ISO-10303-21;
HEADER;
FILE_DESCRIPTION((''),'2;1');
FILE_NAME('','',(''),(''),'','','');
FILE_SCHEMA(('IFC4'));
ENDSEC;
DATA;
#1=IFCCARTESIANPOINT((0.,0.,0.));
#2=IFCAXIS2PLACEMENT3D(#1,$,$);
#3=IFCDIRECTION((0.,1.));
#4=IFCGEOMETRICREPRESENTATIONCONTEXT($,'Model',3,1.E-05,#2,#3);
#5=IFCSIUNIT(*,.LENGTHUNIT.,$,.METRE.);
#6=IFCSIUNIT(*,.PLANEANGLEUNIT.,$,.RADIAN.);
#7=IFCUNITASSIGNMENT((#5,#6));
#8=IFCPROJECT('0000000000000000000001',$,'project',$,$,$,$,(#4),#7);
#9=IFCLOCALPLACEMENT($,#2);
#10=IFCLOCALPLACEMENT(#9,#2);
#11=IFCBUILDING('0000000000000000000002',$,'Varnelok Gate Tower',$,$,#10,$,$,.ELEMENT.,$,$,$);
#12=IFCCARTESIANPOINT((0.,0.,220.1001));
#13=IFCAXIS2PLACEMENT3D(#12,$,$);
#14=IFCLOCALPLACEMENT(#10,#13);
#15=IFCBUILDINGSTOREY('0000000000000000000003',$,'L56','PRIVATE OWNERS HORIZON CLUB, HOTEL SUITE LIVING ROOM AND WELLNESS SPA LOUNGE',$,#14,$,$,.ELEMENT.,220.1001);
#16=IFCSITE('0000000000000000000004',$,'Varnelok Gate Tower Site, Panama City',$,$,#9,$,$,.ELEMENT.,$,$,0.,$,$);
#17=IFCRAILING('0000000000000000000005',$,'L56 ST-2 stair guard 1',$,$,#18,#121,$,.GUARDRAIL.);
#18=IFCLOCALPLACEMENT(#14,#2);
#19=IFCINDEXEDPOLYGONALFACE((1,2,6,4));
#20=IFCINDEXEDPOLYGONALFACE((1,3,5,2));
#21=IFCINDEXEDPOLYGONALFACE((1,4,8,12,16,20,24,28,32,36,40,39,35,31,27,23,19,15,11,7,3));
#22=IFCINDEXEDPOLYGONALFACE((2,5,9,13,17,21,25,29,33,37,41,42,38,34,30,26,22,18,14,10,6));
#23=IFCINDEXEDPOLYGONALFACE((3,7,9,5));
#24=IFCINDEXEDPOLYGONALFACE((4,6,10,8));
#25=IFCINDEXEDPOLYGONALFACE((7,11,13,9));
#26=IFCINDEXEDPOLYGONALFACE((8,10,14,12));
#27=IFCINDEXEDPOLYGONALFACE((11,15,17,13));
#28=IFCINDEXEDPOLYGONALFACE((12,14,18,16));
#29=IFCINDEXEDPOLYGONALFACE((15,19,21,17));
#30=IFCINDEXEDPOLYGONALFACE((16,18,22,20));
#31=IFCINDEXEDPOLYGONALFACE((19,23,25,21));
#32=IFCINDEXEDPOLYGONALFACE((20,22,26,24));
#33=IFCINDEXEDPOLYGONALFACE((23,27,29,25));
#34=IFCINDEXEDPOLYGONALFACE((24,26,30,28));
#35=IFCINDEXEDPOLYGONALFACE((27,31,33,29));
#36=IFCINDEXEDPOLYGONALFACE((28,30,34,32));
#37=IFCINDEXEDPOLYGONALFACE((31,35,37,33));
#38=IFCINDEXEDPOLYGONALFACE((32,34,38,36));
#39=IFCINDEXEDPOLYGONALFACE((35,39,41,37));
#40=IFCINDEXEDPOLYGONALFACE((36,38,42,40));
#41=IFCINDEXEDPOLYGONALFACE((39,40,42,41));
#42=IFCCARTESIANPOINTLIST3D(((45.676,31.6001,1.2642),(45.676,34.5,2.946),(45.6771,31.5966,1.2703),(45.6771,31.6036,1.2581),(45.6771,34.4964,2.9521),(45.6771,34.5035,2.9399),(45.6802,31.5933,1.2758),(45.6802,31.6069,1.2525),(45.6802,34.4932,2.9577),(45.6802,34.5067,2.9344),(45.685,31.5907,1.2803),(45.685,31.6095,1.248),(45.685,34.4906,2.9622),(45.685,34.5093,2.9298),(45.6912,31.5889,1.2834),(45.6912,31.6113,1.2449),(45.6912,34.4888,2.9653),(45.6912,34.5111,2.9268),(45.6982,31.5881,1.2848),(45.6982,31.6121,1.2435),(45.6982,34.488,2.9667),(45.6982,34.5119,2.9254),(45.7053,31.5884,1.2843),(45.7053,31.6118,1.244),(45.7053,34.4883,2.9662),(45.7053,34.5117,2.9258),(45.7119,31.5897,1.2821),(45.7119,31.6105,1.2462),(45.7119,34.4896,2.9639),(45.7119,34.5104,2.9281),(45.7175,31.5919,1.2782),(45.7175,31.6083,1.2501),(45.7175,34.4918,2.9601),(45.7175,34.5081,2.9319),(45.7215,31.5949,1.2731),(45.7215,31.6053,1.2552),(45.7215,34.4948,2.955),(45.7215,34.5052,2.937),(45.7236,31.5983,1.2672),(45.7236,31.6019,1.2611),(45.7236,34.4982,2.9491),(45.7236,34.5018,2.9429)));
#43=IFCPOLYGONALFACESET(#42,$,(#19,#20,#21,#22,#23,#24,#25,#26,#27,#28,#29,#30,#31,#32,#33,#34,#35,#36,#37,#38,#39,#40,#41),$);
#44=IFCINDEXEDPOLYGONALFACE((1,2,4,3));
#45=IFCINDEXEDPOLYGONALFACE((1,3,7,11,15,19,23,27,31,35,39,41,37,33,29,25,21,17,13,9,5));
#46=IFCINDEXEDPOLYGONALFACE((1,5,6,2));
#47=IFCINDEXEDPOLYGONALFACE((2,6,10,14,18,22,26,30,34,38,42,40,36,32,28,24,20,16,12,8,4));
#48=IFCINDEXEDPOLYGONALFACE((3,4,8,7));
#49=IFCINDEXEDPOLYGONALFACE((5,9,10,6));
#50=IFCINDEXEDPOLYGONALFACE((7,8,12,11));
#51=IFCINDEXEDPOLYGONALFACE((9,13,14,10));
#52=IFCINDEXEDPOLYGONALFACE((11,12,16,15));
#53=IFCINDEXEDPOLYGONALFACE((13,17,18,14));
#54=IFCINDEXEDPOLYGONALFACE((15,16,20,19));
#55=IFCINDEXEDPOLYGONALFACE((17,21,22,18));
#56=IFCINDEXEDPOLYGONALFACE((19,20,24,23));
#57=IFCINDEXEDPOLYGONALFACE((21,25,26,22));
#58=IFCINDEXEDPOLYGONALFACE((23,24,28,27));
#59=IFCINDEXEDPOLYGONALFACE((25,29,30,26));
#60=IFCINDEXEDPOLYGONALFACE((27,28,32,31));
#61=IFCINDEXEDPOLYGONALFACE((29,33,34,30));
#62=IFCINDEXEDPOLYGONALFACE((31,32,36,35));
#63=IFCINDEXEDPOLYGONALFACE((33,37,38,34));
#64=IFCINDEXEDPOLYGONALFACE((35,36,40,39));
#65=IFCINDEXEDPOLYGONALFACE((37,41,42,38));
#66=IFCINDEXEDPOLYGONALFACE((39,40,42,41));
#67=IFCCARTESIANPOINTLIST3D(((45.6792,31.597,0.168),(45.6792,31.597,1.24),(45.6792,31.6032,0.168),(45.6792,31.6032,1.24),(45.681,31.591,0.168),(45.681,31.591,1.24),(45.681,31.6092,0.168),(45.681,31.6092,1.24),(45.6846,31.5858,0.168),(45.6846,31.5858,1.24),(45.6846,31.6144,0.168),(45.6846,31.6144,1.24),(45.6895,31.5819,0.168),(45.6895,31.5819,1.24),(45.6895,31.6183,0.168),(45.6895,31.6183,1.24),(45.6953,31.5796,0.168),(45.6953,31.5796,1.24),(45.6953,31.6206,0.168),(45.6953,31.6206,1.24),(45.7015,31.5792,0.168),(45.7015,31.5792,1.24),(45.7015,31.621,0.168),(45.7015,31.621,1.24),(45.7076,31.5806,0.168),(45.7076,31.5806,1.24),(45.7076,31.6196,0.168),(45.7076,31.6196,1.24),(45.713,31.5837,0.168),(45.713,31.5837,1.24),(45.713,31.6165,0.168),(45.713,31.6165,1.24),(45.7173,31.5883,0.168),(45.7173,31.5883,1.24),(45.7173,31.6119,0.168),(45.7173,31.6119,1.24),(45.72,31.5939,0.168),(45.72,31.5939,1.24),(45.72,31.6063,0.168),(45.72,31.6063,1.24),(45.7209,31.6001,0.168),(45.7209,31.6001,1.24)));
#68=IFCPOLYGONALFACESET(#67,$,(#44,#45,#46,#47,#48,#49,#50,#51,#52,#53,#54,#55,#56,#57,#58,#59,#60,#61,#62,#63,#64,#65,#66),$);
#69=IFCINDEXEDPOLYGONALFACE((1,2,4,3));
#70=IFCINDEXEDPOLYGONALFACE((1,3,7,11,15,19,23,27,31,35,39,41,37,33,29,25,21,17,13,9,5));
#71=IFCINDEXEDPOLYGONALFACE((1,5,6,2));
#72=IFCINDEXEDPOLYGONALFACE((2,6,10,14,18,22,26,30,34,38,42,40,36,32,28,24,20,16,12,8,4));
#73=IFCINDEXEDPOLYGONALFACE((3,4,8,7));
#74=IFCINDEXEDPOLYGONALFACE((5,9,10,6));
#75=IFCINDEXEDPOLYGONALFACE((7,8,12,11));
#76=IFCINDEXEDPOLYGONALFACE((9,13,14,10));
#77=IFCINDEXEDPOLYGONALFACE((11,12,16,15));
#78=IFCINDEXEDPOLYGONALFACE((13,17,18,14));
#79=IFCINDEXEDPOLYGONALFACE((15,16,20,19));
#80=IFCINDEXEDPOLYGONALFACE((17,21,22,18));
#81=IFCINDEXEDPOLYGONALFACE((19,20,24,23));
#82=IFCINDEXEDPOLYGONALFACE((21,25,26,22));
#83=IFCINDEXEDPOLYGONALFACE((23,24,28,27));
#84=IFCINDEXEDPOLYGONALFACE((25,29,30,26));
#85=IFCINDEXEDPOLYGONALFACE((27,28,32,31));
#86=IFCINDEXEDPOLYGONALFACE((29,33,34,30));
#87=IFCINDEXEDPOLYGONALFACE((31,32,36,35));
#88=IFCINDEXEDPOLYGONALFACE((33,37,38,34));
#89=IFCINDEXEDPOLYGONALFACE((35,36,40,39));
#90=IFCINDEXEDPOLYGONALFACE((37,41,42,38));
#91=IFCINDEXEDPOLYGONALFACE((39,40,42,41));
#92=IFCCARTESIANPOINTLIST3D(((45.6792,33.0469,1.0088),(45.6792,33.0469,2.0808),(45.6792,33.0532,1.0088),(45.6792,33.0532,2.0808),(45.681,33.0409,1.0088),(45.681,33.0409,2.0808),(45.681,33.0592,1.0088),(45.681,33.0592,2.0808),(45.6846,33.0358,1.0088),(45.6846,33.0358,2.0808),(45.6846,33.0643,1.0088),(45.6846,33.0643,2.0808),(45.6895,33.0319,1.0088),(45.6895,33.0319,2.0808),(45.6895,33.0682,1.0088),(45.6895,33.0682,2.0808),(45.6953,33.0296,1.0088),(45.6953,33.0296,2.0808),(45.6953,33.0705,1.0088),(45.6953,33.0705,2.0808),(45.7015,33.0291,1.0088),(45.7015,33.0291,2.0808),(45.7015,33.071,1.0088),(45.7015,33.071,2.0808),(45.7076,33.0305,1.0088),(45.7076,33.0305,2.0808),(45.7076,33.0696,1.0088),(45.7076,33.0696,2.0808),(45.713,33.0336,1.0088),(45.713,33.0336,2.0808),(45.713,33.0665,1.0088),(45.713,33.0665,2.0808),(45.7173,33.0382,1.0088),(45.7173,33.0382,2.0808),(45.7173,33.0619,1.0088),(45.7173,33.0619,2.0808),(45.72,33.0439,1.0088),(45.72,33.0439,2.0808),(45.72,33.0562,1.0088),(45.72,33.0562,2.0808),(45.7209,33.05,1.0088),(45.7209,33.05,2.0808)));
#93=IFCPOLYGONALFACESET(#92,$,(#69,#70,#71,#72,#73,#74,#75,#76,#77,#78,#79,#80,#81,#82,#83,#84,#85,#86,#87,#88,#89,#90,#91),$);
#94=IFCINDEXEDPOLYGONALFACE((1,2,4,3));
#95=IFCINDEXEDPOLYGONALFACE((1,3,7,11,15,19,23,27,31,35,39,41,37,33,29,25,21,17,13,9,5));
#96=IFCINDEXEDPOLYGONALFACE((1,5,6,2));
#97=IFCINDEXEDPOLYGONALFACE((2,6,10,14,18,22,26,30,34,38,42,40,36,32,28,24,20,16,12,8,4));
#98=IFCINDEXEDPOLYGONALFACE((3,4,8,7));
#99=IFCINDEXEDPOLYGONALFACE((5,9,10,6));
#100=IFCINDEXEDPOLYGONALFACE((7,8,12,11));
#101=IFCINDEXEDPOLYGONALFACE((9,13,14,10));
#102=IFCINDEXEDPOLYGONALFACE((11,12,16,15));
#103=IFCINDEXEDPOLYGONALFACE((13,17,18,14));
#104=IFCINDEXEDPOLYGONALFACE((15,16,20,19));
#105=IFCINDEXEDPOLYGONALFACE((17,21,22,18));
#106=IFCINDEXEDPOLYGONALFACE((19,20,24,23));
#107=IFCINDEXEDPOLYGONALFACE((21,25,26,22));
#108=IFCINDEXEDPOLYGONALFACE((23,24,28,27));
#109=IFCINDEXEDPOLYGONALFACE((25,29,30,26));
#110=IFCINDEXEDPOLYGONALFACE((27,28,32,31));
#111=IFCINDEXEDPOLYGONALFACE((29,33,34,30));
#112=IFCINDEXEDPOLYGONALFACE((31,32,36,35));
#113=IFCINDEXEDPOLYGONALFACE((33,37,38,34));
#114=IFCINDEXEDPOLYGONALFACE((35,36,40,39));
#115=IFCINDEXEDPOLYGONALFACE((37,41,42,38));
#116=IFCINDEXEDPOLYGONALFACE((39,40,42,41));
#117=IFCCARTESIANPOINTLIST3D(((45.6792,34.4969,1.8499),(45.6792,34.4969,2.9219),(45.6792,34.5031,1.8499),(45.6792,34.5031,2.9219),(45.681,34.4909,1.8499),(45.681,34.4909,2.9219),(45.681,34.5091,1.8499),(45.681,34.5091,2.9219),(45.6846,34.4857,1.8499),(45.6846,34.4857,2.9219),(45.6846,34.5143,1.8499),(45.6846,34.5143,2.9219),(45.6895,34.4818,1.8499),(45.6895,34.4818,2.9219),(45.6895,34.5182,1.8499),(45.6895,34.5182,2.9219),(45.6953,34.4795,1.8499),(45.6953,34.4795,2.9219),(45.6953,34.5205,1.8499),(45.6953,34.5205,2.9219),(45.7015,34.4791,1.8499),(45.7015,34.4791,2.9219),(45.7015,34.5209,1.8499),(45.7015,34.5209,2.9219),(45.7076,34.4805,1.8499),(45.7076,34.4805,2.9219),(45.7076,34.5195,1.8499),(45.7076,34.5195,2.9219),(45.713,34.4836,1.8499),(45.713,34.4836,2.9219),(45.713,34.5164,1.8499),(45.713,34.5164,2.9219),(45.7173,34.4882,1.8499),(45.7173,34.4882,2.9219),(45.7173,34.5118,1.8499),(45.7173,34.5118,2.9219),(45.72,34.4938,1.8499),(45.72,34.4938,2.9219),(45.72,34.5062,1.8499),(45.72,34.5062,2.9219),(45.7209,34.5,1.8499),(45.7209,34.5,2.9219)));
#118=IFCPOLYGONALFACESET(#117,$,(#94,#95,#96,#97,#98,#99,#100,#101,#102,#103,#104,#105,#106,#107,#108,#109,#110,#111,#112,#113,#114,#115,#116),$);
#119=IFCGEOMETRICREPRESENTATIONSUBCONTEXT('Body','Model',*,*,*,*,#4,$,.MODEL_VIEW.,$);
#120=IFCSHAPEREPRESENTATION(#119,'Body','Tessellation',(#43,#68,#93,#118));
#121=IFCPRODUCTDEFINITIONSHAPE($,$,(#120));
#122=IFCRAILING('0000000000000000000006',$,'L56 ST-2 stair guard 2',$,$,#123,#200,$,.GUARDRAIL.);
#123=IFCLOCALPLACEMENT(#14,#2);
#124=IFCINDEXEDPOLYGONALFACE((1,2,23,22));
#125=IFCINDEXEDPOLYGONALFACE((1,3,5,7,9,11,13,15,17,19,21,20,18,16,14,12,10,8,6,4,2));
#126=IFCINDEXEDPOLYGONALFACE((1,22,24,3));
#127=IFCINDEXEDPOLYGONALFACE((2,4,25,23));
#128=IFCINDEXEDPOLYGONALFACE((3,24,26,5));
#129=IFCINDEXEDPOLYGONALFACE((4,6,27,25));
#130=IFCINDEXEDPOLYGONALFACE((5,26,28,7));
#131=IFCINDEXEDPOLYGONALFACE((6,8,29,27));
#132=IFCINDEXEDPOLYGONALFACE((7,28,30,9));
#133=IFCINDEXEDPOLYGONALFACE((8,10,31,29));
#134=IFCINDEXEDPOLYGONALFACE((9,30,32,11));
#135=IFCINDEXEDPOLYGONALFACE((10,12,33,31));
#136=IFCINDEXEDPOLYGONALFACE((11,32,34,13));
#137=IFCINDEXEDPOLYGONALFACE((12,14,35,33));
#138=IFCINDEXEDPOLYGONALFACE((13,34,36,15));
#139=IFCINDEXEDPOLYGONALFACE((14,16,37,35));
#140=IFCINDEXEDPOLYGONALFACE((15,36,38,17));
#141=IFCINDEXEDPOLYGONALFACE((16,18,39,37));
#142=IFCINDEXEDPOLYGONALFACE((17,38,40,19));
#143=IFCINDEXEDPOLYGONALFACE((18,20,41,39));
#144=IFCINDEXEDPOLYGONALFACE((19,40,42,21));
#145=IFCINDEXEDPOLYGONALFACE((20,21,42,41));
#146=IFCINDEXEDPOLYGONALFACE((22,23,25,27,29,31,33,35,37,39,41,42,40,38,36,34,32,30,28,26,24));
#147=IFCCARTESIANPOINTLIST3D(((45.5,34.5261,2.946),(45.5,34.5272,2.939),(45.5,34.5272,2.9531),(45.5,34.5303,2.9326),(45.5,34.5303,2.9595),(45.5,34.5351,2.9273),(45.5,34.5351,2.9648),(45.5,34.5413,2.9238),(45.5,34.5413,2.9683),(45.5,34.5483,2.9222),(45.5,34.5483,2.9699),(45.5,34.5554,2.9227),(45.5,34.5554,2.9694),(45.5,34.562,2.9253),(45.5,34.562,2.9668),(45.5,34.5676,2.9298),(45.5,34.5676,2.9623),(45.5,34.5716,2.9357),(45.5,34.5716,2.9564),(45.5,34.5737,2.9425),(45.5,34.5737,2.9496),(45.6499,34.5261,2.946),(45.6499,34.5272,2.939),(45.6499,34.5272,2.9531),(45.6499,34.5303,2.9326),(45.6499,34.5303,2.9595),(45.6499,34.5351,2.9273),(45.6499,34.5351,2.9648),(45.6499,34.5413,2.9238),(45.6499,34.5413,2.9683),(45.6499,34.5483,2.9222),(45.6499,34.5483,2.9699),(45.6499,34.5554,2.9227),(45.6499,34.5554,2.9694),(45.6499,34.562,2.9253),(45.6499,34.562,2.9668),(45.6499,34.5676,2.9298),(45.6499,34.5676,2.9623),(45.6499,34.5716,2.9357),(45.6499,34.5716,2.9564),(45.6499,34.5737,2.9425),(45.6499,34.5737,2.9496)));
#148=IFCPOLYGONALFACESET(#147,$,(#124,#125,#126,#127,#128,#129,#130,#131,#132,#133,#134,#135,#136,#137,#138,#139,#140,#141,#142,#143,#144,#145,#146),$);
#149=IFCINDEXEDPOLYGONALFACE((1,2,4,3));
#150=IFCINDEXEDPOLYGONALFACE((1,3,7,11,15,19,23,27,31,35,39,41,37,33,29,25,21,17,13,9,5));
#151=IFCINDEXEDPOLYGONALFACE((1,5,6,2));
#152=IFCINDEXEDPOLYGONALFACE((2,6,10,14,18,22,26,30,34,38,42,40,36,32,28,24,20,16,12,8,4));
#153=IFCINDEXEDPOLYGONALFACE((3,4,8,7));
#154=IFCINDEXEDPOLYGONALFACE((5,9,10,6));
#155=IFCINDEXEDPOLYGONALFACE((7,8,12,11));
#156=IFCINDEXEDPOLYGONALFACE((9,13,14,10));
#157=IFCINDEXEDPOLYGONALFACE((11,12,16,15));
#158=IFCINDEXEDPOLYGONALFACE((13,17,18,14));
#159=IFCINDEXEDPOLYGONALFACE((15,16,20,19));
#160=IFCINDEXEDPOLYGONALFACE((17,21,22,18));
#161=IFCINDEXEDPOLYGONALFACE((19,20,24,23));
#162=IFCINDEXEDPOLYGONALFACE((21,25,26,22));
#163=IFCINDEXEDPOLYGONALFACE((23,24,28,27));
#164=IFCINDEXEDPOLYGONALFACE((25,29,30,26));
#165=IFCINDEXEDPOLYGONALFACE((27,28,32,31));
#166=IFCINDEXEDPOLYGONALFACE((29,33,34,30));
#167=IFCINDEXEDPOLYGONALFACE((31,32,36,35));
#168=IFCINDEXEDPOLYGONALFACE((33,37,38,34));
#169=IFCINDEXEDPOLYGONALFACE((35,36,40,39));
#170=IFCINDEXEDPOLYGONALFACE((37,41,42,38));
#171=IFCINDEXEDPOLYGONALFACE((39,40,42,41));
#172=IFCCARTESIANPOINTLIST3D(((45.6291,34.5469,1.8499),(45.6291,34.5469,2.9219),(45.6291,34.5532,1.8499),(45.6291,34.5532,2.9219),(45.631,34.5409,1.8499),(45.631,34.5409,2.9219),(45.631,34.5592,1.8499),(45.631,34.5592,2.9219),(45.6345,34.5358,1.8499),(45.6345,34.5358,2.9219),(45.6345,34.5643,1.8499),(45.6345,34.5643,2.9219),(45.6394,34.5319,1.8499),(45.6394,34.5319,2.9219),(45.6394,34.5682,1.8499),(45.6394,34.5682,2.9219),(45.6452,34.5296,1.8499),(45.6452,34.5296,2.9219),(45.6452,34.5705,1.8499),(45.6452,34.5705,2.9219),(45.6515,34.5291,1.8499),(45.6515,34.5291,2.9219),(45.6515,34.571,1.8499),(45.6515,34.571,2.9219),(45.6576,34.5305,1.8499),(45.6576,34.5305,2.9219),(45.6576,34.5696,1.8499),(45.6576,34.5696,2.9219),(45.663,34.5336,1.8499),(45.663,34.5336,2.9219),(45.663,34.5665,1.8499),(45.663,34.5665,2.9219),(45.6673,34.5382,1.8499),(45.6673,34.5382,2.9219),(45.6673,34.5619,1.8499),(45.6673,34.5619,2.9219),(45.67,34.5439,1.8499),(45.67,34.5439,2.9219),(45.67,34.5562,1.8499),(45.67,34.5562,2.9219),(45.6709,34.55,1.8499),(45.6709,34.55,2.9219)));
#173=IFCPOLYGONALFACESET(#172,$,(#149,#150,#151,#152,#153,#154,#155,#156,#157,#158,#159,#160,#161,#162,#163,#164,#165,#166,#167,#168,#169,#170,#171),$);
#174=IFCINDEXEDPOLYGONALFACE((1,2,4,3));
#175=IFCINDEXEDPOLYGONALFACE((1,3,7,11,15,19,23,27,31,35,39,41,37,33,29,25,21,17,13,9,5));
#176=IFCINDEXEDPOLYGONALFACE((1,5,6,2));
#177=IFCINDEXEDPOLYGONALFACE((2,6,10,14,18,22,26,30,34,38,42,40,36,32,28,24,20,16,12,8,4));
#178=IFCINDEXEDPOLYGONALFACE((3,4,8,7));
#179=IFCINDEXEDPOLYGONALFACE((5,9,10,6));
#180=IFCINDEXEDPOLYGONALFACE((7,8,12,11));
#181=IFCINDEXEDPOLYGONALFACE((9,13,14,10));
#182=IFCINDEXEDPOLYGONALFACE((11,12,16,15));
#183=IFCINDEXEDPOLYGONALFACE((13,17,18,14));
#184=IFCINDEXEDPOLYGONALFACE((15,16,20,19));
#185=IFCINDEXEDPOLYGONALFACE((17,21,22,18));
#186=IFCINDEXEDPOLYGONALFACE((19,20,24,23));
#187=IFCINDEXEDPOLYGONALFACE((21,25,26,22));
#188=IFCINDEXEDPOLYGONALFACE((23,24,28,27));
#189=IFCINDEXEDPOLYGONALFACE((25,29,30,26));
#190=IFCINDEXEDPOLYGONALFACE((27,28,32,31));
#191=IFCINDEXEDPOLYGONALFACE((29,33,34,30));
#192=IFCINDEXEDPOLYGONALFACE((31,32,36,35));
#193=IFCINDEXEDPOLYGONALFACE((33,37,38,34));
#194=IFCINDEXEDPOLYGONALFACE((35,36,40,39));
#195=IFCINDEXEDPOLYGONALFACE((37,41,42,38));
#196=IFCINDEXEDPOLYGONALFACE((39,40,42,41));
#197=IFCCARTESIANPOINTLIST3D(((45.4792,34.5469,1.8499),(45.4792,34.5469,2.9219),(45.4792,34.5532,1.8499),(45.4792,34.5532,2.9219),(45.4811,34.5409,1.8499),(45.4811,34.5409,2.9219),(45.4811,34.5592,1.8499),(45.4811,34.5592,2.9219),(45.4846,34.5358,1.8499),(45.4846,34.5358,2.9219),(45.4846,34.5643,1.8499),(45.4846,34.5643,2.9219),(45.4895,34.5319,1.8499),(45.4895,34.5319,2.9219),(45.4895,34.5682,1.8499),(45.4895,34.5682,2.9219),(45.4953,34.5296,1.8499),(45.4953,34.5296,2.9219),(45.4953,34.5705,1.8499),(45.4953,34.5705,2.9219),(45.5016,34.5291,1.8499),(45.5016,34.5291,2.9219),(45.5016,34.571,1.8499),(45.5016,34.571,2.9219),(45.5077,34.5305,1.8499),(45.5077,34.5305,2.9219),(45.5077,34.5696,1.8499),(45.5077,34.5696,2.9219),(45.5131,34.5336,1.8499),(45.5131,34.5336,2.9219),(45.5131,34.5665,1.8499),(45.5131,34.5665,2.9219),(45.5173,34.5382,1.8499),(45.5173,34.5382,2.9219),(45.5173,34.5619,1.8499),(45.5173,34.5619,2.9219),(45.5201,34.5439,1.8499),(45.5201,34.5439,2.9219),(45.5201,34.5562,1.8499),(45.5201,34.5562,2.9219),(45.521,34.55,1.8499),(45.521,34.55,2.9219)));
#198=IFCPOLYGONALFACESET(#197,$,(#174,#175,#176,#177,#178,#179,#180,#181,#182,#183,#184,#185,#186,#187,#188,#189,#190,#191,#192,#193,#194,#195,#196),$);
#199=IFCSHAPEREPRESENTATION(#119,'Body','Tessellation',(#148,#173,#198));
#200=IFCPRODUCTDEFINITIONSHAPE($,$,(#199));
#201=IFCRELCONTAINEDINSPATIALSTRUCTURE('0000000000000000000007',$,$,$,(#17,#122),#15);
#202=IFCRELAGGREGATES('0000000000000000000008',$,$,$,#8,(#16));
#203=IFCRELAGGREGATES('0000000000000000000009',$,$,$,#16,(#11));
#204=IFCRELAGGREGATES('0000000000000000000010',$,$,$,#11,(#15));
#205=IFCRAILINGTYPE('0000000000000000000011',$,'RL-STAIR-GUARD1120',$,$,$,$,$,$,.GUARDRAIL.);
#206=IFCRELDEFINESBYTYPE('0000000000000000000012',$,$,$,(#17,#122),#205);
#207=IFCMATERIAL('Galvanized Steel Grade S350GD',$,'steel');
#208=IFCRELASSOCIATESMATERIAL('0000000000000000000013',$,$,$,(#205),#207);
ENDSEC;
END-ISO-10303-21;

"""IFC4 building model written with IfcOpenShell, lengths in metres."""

from ifc_helpers import new_model, si_unit, direction, frame, origin, origin_2d, place, context, subcontext, project, spatial, circle, extrude, material, type_object, element, save


model = new_model("IFC4")

# Units and contexts
model_context = context("Model", 3, precision=1e-05, world=origin(), true_north=direction((0.0, 1.0)))
body_context = subcontext(model_context, "Body", "Model", "MODEL_VIEW")
ifc_project = project(units=[si_unit("LENGTHUNIT", "METRE"), si_unit("PLANEANGLEUNIT", "RADIAN")], contexts=[model_context])

# Site, building, storey
site_placement = place(None, origin())
site = spatial("IfcSite", under=ifc_project, at=site_placement, Name="Varnelok Gate Tower Site, Panama City", CompositionType="ELEMENT", RefElevation=0.0)
building_placement = place(site_placement, origin())
building = spatial("IfcBuilding", under=site, at=building_placement, Name="Varnelok Gate Tower", CompositionType="ELEMENT")
storey_placement = place(building_placement, frame((0.0, 0.0, 220.1001)))
storey = spatial("IfcBuildingStorey", under=building, at=storey_placement, Name="L56", Description="PRIVATE OWNERS HORIZON CLUB, HOTEL SUITE LIVING ROOM AND WELLNESS SPA LOUNGE", CompositionType="ELEMENT", Elevation=220.1001)

# Shared definitions
ifc_material_1 = material(Name="Galvanized Steel Grade S350GD", Category="steel")

# Railings
railing_type_1 = type_object("IfcRailingType", Name="RL-STAIR-GUARD1120", PredefinedType="GUARDRAIL", material=ifc_material_1)
railing_1_placement = place(storey_placement, frame((45.7, 31.6001, 0.168)))
element("IfcRailing", 1, at=railing_1_placement, inside=storey, type_object=railing_type_1, Name="L56 ST-2 stair guard 1", PredefinedType="GUARDRAIL", context=body_context, shape_type="SweptSolid", body=[
    extrude(circle(Radius=0.0239, at=origin_2d()), frame((0.0, 0.0, 1.0962), z_axis=(0.0, 0.865039, 0.501705), x_axis=(-1.0, 0.0, 0.0)), (0.0, 0.0, 1.0), 3.3523),
    extrude(circle(Radius=0.021, at=origin_2d()), origin(), (0.0, 0.0, 1.0), 1.072),
    extrude(circle(Radius=0.021, at=origin_2d()), frame((0.0, 1.45, 0.8408)), (0.0, 0.0, 1.0), 1.072),
    extrude(circle(Radius=0.021, at=origin_2d()), frame((0.0, 2.8999, 1.6819)), (0.0, 0.0, 1.0), 1.072),
])
railing_2_placement = place(storey_placement, frame((45.6499, 34.55, 1.8499)))
element("IfcRailing", 2, at=railing_2_placement, inside=storey, type_object=railing_type_1, Name="L56 ST-2 stair guard 2", PredefinedType="GUARDRAIL", context=body_context, shape_type="SweptSolid", body=[
    extrude(circle(Radius=0.0239, at=origin_2d()), frame((0.0, 0.0, 1.0962), z_axis=(-1.0, 0.0, 0.0), x_axis=(0.0, -1.0, 0.0)), (0.0, 0.0, 1.0), 0.1499),
    extrude(circle(Radius=0.021, at=origin_2d()), origin(), (0.0, 0.0, 1.0), 1.072),
    extrude(circle(Radius=0.021, at=origin_2d()), frame((-0.1499, 0.0, 0.0)), (0.0, 0.0, 1.0), 1.072),
])

save(model, "model.ifc")
